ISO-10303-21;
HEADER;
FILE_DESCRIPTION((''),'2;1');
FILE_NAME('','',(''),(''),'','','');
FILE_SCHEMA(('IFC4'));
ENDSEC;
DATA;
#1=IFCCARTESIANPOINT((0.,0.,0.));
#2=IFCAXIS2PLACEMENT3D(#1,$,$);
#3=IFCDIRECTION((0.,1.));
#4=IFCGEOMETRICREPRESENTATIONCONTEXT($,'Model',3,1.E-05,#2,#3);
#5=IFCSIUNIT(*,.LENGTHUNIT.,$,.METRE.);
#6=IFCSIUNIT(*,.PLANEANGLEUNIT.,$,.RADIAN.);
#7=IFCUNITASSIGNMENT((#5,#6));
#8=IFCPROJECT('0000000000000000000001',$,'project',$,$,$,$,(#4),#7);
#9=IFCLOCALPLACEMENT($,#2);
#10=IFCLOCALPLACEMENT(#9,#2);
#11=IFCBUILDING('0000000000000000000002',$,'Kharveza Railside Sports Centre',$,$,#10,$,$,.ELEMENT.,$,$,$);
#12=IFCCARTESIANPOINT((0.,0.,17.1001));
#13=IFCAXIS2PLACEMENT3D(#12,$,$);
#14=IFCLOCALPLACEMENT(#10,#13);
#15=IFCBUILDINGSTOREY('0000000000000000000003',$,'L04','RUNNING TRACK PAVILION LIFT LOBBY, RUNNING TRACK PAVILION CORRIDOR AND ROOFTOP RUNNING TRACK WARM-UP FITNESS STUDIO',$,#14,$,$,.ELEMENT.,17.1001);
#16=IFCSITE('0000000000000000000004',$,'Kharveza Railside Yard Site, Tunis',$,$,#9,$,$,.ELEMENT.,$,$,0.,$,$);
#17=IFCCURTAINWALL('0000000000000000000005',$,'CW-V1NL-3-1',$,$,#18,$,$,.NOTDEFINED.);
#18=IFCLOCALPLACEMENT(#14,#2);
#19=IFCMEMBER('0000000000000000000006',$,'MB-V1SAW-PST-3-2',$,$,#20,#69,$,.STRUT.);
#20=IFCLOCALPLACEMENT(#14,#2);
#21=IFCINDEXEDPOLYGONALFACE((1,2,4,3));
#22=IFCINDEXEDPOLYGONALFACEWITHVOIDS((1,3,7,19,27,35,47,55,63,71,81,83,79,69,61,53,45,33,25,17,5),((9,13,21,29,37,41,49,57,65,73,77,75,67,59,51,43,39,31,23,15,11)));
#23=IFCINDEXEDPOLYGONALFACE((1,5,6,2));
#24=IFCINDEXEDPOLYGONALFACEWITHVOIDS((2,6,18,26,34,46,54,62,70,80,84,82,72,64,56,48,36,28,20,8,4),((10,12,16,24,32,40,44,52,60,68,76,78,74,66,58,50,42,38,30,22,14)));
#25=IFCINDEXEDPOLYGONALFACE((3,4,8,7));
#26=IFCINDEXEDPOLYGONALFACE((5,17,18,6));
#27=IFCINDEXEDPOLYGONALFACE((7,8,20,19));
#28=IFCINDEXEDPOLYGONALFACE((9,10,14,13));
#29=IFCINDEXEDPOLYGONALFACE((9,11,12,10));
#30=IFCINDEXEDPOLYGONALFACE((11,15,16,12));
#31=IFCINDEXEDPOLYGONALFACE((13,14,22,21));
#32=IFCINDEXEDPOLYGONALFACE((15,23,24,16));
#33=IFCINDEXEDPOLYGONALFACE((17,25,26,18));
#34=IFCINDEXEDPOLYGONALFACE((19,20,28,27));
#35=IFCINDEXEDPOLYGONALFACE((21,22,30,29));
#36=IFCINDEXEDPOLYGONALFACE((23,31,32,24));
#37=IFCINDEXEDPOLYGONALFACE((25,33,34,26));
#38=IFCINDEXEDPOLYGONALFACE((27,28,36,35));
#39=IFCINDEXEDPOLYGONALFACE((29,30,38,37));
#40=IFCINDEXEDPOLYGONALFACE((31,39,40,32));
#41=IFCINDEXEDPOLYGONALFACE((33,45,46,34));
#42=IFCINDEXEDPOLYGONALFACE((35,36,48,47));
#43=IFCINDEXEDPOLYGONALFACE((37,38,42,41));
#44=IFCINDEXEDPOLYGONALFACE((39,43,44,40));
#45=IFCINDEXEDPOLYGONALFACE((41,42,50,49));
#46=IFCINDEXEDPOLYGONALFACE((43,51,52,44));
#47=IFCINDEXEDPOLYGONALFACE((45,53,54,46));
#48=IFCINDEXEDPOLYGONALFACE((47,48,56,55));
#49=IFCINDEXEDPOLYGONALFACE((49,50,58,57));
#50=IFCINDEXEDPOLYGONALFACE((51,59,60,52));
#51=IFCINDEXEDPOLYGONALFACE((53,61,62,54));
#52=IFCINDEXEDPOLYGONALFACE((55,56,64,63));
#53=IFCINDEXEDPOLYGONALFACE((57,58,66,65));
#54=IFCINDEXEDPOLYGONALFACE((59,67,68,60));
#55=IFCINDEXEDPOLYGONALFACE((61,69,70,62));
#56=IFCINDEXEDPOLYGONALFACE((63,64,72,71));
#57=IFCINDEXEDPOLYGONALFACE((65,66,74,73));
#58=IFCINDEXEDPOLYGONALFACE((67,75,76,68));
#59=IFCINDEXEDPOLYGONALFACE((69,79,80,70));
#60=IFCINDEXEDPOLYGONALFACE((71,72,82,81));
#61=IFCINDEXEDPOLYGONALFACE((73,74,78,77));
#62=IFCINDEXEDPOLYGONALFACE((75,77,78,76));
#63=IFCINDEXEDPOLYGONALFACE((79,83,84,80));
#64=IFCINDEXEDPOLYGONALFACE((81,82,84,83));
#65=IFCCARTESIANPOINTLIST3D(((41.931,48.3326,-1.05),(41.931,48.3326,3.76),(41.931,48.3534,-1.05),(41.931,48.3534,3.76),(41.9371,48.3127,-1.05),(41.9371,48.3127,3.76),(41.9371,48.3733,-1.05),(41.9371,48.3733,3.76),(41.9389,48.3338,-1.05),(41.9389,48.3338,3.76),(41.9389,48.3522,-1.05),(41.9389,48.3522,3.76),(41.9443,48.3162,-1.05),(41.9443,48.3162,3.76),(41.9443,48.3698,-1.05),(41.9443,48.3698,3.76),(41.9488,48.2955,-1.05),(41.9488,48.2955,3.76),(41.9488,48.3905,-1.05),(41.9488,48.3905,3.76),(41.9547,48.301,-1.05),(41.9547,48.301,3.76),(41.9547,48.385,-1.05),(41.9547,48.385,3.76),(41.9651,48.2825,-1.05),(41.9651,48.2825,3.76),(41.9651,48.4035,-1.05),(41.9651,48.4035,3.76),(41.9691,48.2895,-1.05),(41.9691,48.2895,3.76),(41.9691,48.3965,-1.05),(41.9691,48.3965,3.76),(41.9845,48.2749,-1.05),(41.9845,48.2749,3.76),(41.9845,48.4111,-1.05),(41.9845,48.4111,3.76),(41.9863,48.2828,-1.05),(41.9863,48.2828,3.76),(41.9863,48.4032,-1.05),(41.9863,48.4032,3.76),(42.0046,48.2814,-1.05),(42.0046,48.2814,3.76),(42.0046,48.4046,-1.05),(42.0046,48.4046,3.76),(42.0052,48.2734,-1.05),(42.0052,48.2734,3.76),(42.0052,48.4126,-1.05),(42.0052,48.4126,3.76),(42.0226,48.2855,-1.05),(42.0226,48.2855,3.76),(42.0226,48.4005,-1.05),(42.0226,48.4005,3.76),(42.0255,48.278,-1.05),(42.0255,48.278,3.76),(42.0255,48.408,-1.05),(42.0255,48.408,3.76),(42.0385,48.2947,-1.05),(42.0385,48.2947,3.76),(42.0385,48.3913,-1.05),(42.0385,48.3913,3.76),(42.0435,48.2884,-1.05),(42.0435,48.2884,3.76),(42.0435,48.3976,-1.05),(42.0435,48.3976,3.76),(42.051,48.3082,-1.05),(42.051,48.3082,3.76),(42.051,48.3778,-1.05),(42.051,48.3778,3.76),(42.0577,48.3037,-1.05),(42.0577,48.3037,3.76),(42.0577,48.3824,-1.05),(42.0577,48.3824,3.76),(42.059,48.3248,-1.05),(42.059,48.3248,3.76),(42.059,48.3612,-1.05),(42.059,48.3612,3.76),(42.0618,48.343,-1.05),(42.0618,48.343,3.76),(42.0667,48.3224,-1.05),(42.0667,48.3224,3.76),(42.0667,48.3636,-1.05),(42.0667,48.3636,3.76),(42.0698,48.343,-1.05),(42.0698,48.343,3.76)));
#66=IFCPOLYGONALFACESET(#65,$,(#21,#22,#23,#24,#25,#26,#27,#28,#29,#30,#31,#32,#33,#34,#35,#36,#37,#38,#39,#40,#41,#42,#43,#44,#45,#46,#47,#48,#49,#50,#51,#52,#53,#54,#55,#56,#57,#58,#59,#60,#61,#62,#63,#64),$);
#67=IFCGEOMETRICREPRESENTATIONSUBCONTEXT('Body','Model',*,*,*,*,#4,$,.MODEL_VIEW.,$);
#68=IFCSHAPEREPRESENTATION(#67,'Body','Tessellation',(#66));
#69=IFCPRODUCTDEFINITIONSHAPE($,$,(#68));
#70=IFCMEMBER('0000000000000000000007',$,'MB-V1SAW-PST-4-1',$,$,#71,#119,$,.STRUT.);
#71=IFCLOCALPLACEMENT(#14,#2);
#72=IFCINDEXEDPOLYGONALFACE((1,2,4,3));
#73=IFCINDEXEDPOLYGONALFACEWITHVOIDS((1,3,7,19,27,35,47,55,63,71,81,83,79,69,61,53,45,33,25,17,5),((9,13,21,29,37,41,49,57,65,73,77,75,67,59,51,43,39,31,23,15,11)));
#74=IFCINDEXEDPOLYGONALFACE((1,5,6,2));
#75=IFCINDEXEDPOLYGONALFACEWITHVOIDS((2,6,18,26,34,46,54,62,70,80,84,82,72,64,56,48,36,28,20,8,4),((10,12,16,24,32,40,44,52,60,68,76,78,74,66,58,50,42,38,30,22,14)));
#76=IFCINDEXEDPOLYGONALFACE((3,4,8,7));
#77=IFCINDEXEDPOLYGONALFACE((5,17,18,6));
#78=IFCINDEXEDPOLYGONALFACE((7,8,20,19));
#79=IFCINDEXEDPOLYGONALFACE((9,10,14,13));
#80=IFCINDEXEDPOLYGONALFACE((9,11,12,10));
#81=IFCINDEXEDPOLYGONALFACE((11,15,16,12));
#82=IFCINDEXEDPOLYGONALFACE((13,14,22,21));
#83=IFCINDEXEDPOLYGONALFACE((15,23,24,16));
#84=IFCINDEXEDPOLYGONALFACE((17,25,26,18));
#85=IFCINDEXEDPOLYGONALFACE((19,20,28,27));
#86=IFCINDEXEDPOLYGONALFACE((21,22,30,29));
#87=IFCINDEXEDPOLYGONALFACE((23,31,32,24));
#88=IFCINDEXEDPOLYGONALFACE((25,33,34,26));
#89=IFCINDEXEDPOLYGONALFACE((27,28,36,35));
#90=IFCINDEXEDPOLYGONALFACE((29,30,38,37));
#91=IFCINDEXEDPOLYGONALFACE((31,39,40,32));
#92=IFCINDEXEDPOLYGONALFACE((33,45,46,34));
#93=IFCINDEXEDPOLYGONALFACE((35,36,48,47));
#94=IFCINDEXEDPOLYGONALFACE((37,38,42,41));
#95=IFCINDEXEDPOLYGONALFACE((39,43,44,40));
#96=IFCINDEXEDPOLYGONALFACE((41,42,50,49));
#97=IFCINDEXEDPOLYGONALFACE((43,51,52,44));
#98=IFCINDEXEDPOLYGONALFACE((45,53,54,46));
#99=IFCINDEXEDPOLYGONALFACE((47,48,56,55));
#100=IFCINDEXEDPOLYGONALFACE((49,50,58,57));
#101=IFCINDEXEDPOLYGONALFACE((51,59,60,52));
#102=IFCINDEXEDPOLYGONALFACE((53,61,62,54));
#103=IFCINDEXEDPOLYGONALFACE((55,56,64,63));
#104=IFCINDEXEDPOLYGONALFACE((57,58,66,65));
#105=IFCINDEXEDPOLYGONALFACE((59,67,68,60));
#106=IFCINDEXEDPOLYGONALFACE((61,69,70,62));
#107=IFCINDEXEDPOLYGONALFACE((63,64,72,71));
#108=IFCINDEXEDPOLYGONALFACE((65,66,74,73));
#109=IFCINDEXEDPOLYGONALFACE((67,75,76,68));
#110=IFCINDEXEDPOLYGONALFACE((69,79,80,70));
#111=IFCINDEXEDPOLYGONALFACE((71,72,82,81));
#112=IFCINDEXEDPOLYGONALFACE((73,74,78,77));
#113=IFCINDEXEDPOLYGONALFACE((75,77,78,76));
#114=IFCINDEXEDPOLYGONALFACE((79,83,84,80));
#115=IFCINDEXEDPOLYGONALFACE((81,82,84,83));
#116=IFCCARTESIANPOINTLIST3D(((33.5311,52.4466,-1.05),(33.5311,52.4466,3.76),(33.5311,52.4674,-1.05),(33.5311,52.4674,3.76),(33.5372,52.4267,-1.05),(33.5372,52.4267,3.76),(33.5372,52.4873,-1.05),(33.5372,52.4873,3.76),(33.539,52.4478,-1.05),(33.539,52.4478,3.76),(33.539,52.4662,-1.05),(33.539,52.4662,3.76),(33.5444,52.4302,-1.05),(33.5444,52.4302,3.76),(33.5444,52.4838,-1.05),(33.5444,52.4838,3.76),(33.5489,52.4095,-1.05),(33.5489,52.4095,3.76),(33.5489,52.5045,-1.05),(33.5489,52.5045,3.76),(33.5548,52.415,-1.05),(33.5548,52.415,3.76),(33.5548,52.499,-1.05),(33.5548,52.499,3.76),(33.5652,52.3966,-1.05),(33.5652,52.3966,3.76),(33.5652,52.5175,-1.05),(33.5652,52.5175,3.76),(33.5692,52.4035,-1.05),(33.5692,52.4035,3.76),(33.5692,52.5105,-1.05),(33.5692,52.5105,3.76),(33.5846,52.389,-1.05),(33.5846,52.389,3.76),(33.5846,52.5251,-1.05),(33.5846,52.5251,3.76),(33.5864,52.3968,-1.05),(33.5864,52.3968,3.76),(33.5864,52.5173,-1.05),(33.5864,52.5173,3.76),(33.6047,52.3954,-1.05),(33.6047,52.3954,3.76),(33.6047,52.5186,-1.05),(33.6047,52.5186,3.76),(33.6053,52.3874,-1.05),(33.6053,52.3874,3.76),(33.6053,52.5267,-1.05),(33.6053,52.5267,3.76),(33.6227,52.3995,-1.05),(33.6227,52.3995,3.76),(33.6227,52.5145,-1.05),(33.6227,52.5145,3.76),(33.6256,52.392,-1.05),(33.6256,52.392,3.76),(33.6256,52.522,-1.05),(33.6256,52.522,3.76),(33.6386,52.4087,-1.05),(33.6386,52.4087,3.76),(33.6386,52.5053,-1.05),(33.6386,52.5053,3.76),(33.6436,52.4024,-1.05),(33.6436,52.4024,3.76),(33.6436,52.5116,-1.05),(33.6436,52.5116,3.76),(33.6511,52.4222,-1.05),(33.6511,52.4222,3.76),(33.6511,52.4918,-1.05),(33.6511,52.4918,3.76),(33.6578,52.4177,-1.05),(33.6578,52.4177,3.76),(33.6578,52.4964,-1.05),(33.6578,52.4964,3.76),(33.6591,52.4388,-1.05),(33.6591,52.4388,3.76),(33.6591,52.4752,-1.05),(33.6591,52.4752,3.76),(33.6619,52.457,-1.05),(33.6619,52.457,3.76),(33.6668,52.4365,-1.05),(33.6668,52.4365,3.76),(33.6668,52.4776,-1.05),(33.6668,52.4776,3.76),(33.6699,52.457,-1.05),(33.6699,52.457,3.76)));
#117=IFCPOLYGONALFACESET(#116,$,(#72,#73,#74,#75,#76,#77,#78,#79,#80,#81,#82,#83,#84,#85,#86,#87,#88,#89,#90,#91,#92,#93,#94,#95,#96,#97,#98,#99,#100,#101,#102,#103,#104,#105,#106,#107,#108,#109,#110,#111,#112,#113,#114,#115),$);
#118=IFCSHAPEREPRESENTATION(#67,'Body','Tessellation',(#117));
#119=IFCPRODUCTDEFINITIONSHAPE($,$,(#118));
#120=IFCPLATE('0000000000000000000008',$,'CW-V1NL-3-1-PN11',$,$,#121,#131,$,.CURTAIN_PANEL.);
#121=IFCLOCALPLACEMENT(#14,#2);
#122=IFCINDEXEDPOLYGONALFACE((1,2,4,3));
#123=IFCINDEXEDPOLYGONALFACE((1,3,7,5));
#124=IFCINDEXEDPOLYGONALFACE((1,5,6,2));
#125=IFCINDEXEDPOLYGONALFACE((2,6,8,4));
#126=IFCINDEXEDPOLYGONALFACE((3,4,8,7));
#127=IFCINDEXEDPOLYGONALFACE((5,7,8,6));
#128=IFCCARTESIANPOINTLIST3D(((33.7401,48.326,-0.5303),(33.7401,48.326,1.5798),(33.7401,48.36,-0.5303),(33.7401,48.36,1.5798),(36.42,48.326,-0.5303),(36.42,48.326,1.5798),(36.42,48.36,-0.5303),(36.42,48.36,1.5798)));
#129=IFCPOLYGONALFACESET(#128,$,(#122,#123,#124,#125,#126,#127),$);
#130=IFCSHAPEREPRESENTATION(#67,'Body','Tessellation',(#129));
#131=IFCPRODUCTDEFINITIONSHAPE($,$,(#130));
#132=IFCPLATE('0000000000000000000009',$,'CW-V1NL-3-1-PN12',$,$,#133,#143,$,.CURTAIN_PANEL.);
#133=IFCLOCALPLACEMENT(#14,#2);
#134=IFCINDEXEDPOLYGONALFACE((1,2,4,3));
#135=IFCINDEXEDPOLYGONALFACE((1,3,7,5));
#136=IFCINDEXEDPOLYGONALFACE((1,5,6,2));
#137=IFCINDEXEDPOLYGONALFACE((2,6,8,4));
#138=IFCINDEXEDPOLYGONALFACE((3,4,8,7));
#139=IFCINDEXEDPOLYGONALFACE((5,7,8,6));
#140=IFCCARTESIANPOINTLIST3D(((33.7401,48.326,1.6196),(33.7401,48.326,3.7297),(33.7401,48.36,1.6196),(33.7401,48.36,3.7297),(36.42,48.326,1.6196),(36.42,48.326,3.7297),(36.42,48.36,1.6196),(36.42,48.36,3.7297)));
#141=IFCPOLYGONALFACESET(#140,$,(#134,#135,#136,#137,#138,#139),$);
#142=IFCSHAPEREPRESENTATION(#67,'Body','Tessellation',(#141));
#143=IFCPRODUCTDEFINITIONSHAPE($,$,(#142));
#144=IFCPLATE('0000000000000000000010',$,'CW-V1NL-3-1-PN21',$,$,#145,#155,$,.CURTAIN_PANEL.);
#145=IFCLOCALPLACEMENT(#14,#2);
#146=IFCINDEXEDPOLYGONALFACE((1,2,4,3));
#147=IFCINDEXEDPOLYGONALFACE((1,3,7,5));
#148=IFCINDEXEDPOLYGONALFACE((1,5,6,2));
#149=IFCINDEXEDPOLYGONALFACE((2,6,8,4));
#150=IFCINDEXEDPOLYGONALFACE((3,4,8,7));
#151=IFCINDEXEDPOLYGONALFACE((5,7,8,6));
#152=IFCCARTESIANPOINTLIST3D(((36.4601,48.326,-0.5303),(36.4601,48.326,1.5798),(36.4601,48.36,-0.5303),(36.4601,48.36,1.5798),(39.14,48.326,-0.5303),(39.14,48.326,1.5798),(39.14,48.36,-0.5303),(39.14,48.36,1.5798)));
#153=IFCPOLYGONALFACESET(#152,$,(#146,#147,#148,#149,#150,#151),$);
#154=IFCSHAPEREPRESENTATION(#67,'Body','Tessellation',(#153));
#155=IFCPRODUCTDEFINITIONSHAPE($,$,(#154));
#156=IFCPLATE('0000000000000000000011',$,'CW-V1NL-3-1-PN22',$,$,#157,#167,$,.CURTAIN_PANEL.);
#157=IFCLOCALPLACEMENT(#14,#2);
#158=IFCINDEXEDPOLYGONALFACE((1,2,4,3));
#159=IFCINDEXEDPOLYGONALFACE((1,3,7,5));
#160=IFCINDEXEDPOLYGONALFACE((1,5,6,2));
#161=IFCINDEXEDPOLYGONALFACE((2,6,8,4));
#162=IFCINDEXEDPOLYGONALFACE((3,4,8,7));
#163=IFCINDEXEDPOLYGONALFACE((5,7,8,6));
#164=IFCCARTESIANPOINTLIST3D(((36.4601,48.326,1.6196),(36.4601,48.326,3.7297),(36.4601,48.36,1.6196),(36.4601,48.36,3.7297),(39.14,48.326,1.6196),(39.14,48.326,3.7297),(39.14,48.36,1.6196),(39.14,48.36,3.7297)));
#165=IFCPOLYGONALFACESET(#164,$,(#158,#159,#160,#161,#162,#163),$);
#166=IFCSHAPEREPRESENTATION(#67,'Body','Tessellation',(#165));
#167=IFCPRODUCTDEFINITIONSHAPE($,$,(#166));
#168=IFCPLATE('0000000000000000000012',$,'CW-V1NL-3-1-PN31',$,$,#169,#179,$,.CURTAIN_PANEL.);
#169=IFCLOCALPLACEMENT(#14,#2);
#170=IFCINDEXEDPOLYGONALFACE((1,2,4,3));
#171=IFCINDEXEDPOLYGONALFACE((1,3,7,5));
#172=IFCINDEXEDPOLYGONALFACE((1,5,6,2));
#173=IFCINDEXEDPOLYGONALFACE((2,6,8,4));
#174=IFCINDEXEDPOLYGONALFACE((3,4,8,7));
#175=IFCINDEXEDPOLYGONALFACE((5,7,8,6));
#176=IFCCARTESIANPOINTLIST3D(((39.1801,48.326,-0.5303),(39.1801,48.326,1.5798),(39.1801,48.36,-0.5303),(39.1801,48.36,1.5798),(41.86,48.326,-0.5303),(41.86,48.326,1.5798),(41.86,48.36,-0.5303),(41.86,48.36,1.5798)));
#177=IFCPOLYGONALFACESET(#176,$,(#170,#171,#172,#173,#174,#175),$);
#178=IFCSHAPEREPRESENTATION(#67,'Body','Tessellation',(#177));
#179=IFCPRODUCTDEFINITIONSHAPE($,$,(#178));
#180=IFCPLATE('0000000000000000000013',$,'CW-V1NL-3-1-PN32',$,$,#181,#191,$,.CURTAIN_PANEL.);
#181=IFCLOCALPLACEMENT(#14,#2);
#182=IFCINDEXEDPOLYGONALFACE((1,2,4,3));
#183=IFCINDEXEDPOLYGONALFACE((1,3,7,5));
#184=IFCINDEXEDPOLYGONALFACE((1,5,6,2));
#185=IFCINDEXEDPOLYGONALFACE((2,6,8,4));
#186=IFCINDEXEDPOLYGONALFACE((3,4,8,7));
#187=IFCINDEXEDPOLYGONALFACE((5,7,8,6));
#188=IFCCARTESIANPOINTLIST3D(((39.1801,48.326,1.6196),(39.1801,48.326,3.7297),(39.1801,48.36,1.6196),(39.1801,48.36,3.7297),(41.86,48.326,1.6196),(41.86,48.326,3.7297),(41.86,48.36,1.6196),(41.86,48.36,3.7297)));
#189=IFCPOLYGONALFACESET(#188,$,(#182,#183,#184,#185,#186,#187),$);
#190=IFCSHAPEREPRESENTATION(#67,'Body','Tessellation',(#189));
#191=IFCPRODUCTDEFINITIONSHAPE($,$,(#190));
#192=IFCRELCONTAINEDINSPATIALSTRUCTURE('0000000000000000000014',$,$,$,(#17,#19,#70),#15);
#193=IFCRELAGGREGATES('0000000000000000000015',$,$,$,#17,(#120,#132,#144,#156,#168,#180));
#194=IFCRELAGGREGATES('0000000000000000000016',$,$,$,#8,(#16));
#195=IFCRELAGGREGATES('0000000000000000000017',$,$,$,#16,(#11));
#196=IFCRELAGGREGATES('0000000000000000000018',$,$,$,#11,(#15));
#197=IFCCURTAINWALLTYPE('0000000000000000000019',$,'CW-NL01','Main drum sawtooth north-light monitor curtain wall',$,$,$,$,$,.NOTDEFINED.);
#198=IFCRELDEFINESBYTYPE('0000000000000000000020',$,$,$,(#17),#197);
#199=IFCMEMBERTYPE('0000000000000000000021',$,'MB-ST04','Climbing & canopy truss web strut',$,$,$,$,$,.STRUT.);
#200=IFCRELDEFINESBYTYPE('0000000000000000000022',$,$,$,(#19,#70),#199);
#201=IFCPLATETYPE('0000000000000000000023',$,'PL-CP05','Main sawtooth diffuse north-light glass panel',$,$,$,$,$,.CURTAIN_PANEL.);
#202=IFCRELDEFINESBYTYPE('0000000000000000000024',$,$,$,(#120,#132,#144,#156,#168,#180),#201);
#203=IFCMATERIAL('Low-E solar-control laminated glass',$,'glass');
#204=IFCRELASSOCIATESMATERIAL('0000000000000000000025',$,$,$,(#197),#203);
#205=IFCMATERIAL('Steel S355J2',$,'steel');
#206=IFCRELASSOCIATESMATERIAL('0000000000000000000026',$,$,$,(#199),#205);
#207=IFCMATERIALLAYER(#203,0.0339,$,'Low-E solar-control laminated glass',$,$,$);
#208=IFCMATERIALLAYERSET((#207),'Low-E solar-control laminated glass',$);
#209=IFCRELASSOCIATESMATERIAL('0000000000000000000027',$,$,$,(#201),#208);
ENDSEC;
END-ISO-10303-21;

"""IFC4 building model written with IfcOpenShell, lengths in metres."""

from ifc_helpers import new_model, si_unit, direction, frame, origin, origin_2d, place, context, subcontext, project, spatial, rectangle, hollow_circle, extrude, material, layer, layer_set, material_profile, profile_set, type_object, element, aggregate, save


model = new_model("IFC4")

# Units and contexts
model_context = context("Model", 3, precision=1e-05, world=origin(), true_north=direction((0.0, 1.0)))
body_context = subcontext(model_context, "Body", "Model", "MODEL_VIEW")
ifc_project = project(units=[si_unit("LENGTHUNIT", "METRE"), si_unit("PLANEANGLEUNIT", "RADIAN")], contexts=[model_context])

# Site, building, storey
site_placement = place(None, origin())
site = spatial("IfcSite", under=ifc_project, at=site_placement, Name="Kharveza Railside Yard Site, Tunis", CompositionType="ELEMENT", RefElevation=0.0)
building_placement = place(site_placement, origin())
building = spatial("IfcBuilding", under=site, at=building_placement, Name="Kharveza Railside Sports Centre", CompositionType="ELEMENT")
storey_placement = place(building_placement, frame((0.0, 0.0, 17.1001)))
storey = spatial("IfcBuildingStorey", under=building, at=storey_placement, Name="L04", Description="RUNNING TRACK PAVILION LIFT LOBBY, RUNNING TRACK PAVILION CORRIDOR AND ROOFTOP RUNNING TRACK WARM-UP FITNESS STUDIO", CompositionType="ELEMENT", Elevation=17.1001)

# Shared definitions
ifc_material_1 = material(Name="Steel S355J2", Category="steel")

# Curtain wall
ifc_material_2 = material(Name="Low-E solar-control laminated glass", Category="glass")
curtain_wall_type = type_object("IfcCurtainWallType", Name="CW-NL01", Description="Main drum sawtooth north-light monitor curtain wall", PredefinedType="NOTDEFINED", material=ifc_material_2)
curtain_wall_1_placement = place(storey_placement, origin())
curtain_wall_1 = element("IfcCurtainWall", 1, at=curtain_wall_1_placement, inside=storey, type_object=curtain_wall_type, Name="CW-V1NL-3-1", PredefinedType="NOTDEFINED")

# Members
ifc_material_profile_1 = material_profile(ifc_material_1, hollow_circle(Radius=0.0698, WallThickness=0.0081, at=origin_2d()), Name="CHS 139.7x8.0")
ifc_profile_set_1 = profile_set([ifc_material_profile_1], Name="Steel S355J2")
member_type_1 = type_object("IfcMemberType", Name="MB-ST04", Description="Climbing & canopy truss web strut", PredefinedType="STRUT", material=ifc_profile_set_1)
for number, where, z_axis, x_axis, name in (
    (2, (42.0, 48.343, -1.05), (0.0, 0.0, 1.0), (1.0, 0.0, 0.0), "MB-V1SAW-PST-3-2"),
    (3, (33.6001, 52.457, -1.05), (0.0, 0.0, 1.0), (1.0, 0.0, 0.0), "MB-V1SAW-PST-4-1"),
):
    element("IfcMember", number, at=place(storey_placement, frame(where, z_axis=z_axis, x_axis=x_axis)), inside=storey, type_object=member_type_1, Name=name, PredefinedType="STRUT", context=body_context, shape_type="SweptSolid", body=[
        extrude(hollow_circle(Radius=0.0698, WallThickness=0.0081, at=origin_2d()), origin(), (0.0, 0.0, 1.0), 4.8101),
    ])

# Plates
ifc_layer = layer(ifc_material_2, 0.0339, Name="Low-E solar-control laminated glass")
ifc_layer_set = layer_set([ifc_layer], Name="Low-E solar-control laminated glass")
plate_type = type_object("IfcPlateType", Name="PL-CP05", Description="Main sawtooth diffuse north-light glass panel", PredefinedType="CURTAIN_PANEL", material=ifc_layer_set)
plate_1_placement = place(storey_placement, frame((35.0801, 48.343, -0.5303), z_axis=(0.0, 0.0, 1.0), x_axis=(1.0, 0.0, 0.0)))
plate_1 = element("IfcPlate", 4, at=plate_1_placement, type_object=plate_type, Name="CW-V1NL-3-1-PN11", PredefinedType="CURTAIN_PANEL", context=body_context, shape_type="SweptSolid", body=[
    extrude(rectangle(XDim=2.6799, YDim=0.0339, at=origin_2d()), origin(), (0.0, 0.0, 1.0), 2.1101),
])
plate_2_placement = place(storey_placement, frame((35.0801, 48.343, 1.6196), z_axis=(0.0, 0.0, 1.0), x_axis=(1.0, 0.0, 0.0)))
plate_2 = element("IfcPlate", 5, at=plate_2_placement, type_object=plate_type, Name="CW-V1NL-3-1-PN12", PredefinedType="CURTAIN_PANEL", context=body_context, shape_type="SweptSolid", body=[
    extrude(rectangle(XDim=2.6799, YDim=0.0339, at=origin_2d()), origin(), (0.0, 0.0, 1.0), 2.1101),
])
plate_3_placement = place(storey_placement, frame((37.8, 48.343, -0.5303), z_axis=(0.0, 0.0, 1.0), x_axis=(1.0, 0.0, 0.0)))
plate_3 = element("IfcPlate", 6, at=plate_3_placement, type_object=plate_type, Name="CW-V1NL-3-1-PN21", PredefinedType="CURTAIN_PANEL", context=body_context, shape_type="SweptSolid", body=[
    extrude(rectangle(XDim=2.6799, YDim=0.0339, at=origin_2d()), origin(), (0.0, 0.0, 1.0), 2.1101),
])
plate_4_placement = place(storey_placement, frame((37.8, 48.343, 1.6196), z_axis=(0.0, 0.0, 1.0), x_axis=(1.0, 0.0, 0.0)))
plate_4 = element("IfcPlate", 7, at=plate_4_placement, type_object=plate_type, Name="CW-V1NL-3-1-PN22", PredefinedType="CURTAIN_PANEL", context=body_context, shape_type="SweptSolid", body=[
    extrude(rectangle(XDim=2.6799, YDim=0.0339, at=origin_2d()), origin(), (0.0, 0.0, 1.0), 2.1101),
])
plate_5_placement = place(storey_placement, frame((40.52, 48.343, -0.5303), z_axis=(0.0, 0.0, 1.0), x_axis=(1.0, 0.0, 0.0)))
plate_5 = element("IfcPlate", 8, at=plate_5_placement, type_object=plate_type, Name="CW-V1NL-3-1-PN31", PredefinedType="CURTAIN_PANEL", context=body_context, shape_type="SweptSolid", body=[
    extrude(rectangle(XDim=2.6799, YDim=0.0339, at=origin_2d()), origin(), (0.0, 0.0, 1.0), 2.1101),
])
plate_6_placement = place(storey_placement, frame((40.52, 48.343, 1.6196), z_axis=(0.0, 0.0, 1.0), x_axis=(1.0, 0.0, 0.0)))
plate_6 = element("IfcPlate", 9, at=plate_6_placement, type_object=plate_type, Name="CW-V1NL-3-1-PN32", PredefinedType="CURTAIN_PANEL", context=body_context, shape_type="SweptSolid", body=[
    extrude(rectangle(XDim=2.6799, YDim=0.0339, at=origin_2d()), origin(), (0.0, 0.0, 1.0), 2.1101),
])
aggregate(curtain_wall_1, [plate_1, plate_2, plate_3, plate_4, plate_5, plate_6])

save(model, "model.ifc")
